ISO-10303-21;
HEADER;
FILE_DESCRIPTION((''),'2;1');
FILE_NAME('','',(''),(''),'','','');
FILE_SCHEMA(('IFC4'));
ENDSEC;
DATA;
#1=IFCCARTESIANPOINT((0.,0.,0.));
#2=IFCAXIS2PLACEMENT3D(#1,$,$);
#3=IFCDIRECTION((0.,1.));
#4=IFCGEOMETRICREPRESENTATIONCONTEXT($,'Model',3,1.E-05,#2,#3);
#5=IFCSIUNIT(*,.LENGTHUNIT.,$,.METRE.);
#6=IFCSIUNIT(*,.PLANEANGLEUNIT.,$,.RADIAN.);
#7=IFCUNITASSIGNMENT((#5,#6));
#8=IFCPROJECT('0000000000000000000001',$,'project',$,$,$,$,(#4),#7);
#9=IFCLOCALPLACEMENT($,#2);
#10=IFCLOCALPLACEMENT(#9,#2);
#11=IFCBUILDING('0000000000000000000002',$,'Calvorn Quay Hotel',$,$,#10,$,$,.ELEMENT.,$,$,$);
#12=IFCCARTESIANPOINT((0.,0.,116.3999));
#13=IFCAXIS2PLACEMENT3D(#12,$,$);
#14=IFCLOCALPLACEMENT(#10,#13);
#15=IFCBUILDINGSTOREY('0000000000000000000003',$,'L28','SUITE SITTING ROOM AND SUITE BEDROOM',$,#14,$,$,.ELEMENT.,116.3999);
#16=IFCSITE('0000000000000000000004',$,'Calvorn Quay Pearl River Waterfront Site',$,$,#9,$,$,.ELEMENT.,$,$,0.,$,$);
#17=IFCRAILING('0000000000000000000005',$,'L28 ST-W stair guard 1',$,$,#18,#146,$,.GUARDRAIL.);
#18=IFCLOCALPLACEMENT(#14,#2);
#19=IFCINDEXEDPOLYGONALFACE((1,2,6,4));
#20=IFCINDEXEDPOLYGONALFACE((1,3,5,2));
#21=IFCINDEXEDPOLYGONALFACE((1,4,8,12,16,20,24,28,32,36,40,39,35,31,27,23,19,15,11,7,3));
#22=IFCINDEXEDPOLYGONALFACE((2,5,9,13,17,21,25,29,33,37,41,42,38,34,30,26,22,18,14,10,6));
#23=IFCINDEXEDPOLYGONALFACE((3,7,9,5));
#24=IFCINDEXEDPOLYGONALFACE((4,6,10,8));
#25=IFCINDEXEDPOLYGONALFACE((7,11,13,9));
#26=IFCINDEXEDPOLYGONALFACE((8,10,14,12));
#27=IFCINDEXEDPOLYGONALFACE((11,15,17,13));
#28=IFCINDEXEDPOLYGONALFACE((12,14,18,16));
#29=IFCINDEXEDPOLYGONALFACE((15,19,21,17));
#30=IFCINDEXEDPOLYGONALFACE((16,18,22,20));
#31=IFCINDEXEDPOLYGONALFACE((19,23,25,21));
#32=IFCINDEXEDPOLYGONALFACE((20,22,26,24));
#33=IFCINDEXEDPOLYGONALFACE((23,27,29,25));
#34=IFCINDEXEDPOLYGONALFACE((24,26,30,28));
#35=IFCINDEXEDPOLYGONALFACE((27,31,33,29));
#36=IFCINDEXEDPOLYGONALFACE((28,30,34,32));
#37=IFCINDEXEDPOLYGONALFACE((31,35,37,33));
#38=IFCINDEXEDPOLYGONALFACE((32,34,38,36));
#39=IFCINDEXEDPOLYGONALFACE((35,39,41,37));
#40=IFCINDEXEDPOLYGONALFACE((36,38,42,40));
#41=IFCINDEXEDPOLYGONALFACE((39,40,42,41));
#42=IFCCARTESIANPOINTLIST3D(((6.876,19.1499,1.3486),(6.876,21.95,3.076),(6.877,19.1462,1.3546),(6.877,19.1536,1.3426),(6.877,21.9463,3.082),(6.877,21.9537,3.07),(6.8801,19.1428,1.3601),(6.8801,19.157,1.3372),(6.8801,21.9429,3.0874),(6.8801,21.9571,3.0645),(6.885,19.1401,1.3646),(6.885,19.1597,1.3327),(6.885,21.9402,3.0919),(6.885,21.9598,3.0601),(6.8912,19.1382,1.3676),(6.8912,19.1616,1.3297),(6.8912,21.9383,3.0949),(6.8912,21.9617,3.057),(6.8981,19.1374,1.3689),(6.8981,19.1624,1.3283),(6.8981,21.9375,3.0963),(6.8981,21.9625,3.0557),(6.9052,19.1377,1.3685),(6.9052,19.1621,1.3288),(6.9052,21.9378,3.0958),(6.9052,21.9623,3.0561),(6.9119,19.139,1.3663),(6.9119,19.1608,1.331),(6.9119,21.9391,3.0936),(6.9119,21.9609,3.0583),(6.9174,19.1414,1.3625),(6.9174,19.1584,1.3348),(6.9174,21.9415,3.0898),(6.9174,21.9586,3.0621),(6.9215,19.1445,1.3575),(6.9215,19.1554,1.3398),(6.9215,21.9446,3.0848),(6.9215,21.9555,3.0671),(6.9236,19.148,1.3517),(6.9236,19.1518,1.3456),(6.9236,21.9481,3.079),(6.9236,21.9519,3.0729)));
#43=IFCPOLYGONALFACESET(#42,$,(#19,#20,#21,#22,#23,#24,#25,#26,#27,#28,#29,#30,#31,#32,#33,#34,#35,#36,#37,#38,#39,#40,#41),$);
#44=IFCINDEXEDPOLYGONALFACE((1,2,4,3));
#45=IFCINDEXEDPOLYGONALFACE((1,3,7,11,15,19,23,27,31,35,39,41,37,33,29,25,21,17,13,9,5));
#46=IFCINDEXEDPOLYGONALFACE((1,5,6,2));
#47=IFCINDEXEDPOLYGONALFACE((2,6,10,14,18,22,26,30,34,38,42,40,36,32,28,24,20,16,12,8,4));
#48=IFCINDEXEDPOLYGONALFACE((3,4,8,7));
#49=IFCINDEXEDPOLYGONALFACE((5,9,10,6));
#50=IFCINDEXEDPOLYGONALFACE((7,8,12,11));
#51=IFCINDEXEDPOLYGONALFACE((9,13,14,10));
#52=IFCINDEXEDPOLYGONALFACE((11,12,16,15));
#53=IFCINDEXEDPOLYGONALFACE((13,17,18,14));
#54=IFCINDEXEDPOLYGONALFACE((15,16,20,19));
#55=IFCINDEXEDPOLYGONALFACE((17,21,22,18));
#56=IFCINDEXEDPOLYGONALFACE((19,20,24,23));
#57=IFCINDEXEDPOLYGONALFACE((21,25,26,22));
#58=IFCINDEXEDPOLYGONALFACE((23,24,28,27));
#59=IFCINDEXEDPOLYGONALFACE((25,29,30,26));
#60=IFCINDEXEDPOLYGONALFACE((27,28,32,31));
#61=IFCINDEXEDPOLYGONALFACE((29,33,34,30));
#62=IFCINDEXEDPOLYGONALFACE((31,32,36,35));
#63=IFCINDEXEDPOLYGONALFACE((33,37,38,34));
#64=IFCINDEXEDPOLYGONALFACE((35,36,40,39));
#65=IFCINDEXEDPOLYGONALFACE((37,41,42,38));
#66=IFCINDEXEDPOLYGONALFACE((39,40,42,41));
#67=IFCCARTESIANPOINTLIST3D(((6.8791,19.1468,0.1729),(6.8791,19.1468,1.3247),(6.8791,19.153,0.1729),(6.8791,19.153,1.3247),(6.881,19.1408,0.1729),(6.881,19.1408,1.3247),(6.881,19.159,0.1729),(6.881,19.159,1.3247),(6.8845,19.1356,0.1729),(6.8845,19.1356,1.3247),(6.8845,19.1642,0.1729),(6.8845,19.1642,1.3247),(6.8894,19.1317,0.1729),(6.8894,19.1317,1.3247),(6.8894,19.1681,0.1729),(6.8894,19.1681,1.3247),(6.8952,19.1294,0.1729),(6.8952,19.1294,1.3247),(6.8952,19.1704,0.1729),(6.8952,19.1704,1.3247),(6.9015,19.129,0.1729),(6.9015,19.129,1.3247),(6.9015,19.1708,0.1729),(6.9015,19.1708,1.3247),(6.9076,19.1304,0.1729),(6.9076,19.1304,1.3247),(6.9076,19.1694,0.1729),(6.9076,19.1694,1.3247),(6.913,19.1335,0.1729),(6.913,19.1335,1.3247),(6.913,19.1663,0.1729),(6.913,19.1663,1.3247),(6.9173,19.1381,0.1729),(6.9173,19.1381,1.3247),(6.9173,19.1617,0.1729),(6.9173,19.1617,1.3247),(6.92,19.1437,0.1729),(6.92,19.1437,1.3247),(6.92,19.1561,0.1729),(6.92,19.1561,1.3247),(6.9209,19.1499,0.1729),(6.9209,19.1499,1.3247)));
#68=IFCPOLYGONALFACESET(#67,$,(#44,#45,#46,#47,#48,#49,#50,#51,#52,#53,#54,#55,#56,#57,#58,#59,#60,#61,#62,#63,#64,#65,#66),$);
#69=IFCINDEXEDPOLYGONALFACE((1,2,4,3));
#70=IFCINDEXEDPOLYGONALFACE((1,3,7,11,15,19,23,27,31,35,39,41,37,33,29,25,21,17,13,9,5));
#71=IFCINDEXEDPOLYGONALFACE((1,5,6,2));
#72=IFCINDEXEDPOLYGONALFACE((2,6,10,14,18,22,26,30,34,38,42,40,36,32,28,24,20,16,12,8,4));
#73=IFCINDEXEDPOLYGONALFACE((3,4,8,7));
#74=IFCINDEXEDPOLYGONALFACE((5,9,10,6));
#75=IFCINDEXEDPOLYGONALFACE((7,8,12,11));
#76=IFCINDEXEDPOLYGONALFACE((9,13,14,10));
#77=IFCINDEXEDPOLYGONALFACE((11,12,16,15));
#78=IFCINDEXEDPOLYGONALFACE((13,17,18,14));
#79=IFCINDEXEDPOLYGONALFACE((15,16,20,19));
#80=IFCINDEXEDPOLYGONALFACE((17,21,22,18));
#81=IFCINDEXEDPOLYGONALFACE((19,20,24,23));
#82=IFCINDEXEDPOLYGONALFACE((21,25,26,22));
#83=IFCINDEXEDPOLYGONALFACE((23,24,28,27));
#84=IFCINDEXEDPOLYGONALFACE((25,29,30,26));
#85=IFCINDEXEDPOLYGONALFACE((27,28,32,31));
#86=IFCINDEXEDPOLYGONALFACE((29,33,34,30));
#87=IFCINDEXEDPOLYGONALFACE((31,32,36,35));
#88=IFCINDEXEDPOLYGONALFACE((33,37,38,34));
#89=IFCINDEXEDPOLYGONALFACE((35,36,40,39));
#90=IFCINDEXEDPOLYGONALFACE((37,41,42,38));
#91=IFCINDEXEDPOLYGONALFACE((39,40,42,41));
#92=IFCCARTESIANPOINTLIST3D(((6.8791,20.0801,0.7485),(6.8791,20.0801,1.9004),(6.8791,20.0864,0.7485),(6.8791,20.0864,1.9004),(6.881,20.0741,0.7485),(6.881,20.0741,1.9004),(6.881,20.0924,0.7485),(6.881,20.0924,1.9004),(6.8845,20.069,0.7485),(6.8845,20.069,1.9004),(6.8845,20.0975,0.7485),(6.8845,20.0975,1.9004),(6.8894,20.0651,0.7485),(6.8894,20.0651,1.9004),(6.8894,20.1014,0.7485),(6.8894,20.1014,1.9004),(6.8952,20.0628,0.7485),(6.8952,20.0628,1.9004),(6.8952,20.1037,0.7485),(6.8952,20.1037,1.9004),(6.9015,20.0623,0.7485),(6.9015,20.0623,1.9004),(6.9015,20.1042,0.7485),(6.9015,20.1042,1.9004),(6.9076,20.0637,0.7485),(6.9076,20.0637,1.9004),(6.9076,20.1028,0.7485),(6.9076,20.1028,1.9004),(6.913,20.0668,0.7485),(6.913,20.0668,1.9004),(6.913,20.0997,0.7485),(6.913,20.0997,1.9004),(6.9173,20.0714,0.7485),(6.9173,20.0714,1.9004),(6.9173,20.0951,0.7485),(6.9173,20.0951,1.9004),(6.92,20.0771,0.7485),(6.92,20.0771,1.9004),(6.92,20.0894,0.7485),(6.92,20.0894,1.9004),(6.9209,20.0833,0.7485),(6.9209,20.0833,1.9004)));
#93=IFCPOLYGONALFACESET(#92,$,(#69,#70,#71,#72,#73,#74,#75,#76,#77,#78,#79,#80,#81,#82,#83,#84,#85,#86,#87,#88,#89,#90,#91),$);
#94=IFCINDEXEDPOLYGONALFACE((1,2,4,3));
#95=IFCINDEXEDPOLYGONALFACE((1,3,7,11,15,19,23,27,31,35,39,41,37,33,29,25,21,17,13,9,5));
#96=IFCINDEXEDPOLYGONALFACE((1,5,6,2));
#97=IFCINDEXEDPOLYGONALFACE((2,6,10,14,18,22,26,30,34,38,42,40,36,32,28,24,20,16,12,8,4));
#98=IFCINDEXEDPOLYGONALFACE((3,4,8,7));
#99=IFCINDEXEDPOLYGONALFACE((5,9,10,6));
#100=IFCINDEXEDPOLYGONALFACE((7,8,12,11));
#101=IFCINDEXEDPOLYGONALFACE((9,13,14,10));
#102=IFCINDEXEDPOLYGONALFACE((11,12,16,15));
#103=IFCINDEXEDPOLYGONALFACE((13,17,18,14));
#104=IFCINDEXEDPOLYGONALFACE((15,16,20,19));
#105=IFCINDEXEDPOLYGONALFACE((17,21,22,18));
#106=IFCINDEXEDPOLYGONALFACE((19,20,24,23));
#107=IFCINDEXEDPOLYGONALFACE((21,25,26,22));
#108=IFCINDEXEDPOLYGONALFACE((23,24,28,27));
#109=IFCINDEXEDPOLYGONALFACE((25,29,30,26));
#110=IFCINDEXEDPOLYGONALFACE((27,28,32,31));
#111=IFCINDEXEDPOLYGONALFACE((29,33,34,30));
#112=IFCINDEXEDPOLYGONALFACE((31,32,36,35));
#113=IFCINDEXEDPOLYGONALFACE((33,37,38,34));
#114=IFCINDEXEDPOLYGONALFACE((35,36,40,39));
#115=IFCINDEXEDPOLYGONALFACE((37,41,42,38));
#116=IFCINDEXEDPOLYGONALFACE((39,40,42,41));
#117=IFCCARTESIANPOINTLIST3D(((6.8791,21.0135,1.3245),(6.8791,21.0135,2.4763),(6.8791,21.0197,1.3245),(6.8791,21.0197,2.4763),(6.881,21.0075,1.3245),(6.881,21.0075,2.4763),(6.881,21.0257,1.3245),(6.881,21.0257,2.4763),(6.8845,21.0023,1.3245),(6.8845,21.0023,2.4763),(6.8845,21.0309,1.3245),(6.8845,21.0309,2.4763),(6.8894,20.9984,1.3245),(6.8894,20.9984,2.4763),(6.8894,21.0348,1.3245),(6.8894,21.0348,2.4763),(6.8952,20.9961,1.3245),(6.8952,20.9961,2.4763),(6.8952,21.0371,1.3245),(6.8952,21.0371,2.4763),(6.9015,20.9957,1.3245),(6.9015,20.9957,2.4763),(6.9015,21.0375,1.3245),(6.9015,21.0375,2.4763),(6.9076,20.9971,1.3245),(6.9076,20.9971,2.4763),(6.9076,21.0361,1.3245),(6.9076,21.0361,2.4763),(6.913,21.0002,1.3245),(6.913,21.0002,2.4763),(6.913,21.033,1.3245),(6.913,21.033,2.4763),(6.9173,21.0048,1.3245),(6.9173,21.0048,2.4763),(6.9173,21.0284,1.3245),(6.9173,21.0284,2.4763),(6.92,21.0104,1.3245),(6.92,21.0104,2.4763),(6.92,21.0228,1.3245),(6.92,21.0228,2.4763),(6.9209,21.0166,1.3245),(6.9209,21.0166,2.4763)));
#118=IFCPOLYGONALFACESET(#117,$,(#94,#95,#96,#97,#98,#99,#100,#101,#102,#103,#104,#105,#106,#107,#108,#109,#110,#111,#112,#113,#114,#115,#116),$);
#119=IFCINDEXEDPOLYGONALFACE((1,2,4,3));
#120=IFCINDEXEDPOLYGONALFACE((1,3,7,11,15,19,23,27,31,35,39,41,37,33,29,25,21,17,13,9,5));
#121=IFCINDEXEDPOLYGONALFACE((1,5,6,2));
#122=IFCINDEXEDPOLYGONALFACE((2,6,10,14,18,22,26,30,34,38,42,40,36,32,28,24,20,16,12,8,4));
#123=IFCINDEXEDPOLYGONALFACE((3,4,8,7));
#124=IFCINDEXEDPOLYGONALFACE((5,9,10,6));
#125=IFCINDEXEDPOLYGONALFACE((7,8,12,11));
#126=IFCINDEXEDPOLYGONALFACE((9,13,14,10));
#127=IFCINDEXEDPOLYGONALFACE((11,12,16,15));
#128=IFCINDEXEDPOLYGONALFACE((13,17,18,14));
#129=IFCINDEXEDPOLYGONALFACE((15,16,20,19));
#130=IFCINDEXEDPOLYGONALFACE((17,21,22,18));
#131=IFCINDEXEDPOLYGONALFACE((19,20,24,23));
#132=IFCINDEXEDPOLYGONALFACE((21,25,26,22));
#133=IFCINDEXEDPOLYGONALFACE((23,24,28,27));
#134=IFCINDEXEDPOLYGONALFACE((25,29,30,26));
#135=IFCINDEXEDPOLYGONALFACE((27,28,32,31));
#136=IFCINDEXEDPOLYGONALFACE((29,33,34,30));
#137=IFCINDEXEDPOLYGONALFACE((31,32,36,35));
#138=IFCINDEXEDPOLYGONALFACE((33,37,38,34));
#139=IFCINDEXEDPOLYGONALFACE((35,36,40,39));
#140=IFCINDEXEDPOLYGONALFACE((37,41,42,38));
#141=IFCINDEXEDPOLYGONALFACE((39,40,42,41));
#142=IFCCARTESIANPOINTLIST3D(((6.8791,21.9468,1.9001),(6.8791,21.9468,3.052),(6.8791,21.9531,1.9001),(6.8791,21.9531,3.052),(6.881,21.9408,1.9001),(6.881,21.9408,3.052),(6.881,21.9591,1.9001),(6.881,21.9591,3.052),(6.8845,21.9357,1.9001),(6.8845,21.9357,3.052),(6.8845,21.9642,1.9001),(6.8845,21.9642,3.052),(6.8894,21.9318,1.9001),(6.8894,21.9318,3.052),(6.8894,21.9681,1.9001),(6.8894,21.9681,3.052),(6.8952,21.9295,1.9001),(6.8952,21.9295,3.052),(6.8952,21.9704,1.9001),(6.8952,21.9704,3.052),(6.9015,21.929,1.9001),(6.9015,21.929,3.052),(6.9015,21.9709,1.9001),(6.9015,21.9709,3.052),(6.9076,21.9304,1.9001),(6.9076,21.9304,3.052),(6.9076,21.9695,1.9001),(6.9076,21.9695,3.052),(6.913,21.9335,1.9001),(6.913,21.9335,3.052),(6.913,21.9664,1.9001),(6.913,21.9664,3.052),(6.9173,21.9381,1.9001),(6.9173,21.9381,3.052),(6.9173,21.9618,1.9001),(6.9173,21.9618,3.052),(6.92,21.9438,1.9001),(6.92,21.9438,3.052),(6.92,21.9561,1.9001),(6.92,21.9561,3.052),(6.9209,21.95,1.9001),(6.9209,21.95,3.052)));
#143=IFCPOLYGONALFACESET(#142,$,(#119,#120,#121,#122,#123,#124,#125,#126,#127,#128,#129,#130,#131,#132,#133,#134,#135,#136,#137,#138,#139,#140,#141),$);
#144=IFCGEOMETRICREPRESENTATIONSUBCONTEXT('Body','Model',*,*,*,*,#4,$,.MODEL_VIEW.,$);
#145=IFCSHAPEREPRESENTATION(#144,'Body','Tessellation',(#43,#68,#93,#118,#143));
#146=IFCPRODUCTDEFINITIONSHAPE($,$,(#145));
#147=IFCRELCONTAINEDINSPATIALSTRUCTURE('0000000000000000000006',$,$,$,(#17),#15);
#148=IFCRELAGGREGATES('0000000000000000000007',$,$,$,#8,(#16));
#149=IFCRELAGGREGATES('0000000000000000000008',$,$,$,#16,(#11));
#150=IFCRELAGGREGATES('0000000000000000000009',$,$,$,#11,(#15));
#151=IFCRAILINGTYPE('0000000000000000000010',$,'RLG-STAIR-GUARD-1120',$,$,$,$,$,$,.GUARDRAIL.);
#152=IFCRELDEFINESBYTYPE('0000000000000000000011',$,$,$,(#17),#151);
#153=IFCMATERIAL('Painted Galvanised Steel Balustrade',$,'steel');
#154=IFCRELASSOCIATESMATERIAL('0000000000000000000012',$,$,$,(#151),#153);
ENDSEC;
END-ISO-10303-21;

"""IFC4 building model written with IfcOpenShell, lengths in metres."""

from ifc_helpers import new_model, si_unit, direction, frame, origin, origin_2d, place, context, subcontext, project, spatial, circle, extrude, material, type_object, element, save


model = new_model("IFC4")

# Units and contexts
model_context = context("Model", 3, precision=1e-05, world=origin(), true_north=direction((0.0, 1.0)))
body_context = subcontext(model_context, "Body", "Model", "MODEL_VIEW")
ifc_project = project(units=[si_unit("LENGTHUNIT", "METRE"), si_unit("PLANEANGLEUNIT", "RADIAN")], contexts=[model_context])

# Site, building, storey
site_placement = place(None, origin())
site = spatial("IfcSite", under=ifc_project, at=site_placement, Name="Calvorn Quay Pearl River Waterfront Site", CompositionType="ELEMENT", RefElevation=0.0)
building_placement = place(site_placement, origin())
building = spatial("IfcBuilding", under=site, at=building_placement, Name="Calvorn Quay Hotel", CompositionType="ELEMENT")
storey_placement = place(building_placement, frame((0.0, 0.0, 116.3999)))
storey = spatial("IfcBuildingStorey", under=building, at=storey_placement, Name="L28", Description="SUITE SITTING ROOM AND SUITE BEDROOM", CompositionType="ELEMENT", Elevation=116.3999)

# Railing
ifc_material_1 = material(Name="Painted Galvanised Steel Balustrade", Category="steel")
railing_type_1 = type_object("IfcRailingType", Name="RLG-STAIR-GUARD-1120", PredefinedType="GUARDRAIL", material=ifc_material_1)
railing_1_placement = place(storey_placement, frame((6.8999, 19.1499, 0.1729)))
element("IfcRailing", 1, at=railing_1_placement, inside=storey, type_object=railing_type_1, Name="L28 ST-W stair guard 1", PredefinedType="GUARDRAIL", context=body_context, shape_type="SweptSolid", body=[
    extrude(circle(Radius=0.0239, at=origin_2d()), frame((0.0, 0.0, 1.1758), z_axis=(0.0, 0.85109, 0.52502), x_axis=(-1.0, 0.0, 0.0)), (0.0, 0.0, 1.0), 3.29),
    extrude(circle(Radius=0.021, at=origin_2d()), origin(), (0.0, 0.0, 1.0), 1.1519),
    extrude(circle(Radius=0.021, at=origin_2d()), frame((0.0, 0.9333, 0.5757)), (0.0, 0.0, 1.0), 1.1519),
    extrude(circle(Radius=0.021, at=origin_2d()), frame((0.0, 1.8667, 1.1516)), (0.0, 0.0, 1.0), 1.1519),
    extrude(circle(Radius=0.021, at=origin_2d()), frame((0.0, 2.8, 1.7273)), (0.0, 0.0, 1.0), 1.1519),
])

save(model, "model.ifc")
